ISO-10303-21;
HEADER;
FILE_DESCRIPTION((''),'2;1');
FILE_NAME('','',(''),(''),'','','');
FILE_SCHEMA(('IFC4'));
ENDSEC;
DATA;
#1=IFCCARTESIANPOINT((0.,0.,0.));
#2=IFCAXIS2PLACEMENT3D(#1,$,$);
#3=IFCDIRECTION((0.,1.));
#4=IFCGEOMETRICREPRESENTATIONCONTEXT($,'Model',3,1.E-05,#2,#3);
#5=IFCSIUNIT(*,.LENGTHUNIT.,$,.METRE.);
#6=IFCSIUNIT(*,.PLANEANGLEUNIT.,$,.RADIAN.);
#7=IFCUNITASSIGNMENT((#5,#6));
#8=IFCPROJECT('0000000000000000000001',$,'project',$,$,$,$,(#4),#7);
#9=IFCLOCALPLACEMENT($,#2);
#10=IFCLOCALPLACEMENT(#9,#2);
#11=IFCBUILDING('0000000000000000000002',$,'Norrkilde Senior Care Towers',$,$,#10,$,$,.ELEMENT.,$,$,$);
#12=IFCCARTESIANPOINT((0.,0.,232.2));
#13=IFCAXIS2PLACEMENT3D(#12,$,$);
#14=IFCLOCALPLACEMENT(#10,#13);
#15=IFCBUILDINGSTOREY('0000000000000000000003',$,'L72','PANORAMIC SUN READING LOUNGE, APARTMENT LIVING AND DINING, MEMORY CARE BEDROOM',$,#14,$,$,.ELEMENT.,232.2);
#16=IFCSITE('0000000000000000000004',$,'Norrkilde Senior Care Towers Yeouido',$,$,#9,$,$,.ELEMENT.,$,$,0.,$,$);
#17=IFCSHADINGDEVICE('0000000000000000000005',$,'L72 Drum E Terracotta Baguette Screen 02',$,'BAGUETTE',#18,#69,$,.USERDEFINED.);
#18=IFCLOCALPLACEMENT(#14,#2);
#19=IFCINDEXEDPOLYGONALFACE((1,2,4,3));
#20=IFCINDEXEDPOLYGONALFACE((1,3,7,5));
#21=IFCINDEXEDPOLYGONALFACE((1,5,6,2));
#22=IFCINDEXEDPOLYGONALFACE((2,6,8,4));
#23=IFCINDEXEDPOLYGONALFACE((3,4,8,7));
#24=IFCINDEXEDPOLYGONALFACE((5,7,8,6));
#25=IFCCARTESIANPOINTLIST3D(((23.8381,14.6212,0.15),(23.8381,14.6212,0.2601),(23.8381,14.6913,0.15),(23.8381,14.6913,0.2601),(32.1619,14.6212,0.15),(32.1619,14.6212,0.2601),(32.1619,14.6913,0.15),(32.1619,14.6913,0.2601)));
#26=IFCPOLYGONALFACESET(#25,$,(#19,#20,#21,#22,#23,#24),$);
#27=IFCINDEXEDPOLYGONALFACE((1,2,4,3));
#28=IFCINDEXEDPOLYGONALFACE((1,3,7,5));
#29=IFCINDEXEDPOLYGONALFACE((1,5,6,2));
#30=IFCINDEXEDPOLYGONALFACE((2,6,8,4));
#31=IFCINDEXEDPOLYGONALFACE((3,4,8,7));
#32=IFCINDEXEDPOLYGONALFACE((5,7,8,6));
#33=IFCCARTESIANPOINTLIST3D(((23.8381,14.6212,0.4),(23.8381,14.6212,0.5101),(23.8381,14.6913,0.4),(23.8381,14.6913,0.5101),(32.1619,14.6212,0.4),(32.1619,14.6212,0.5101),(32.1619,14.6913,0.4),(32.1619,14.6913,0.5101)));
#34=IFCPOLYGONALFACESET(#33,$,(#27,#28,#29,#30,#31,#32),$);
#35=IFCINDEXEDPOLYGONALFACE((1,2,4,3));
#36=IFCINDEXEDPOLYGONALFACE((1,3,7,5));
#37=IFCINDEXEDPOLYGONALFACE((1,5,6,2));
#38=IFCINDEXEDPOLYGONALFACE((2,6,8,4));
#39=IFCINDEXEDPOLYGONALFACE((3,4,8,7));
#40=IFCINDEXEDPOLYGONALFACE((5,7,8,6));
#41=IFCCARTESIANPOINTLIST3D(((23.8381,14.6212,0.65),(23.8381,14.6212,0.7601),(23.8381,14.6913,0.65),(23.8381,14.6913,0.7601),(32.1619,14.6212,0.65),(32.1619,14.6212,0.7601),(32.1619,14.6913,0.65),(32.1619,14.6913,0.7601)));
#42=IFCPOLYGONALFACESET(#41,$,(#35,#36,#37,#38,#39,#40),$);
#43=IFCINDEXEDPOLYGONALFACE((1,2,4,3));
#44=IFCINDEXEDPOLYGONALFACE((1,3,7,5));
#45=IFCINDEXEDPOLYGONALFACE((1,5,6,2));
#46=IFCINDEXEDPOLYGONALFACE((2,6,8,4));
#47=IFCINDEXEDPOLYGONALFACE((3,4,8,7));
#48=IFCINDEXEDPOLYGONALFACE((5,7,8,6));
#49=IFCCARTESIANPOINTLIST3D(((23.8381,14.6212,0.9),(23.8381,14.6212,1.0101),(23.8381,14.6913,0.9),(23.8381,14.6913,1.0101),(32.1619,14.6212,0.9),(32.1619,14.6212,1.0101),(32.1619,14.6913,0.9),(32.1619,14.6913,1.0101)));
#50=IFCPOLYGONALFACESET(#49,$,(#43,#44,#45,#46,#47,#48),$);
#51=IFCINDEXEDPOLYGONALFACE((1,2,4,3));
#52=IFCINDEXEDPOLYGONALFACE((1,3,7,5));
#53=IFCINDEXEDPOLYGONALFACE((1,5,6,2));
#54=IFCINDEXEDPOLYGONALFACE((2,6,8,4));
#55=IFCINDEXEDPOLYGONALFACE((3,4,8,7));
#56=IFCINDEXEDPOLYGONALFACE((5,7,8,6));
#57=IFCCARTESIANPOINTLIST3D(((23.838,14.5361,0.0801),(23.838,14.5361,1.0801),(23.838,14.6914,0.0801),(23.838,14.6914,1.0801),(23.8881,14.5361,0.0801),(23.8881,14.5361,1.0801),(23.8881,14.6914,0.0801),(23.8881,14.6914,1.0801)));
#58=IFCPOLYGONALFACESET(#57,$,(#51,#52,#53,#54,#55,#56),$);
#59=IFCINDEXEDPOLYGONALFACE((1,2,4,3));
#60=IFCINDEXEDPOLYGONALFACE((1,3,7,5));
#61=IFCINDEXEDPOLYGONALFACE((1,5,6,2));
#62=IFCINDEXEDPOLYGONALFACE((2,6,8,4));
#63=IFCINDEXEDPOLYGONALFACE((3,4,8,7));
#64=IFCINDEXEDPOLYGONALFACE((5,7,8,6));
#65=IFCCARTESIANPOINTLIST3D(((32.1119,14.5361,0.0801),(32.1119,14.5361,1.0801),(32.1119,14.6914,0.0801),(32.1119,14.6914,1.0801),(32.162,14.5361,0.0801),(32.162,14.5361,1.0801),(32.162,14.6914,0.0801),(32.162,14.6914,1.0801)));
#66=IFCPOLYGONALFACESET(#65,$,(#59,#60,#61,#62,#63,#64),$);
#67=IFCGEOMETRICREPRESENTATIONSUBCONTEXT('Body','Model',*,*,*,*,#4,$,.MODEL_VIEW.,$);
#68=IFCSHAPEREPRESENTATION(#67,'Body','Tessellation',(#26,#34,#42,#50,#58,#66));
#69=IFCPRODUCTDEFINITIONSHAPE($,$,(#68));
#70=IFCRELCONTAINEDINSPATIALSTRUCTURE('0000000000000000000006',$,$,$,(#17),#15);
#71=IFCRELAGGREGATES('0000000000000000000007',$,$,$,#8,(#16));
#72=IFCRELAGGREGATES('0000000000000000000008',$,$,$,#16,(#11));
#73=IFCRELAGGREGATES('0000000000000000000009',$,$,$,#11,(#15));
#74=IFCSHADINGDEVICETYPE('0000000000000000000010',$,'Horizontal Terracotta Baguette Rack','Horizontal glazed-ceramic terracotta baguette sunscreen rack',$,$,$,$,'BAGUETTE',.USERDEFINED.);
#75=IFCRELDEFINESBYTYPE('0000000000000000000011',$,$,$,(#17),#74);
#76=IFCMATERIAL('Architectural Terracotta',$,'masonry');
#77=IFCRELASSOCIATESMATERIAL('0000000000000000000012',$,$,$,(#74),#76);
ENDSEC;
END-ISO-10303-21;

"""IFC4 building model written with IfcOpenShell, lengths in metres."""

from ifc_helpers import new_model, si_unit, direction, frame, origin, origin_2d, place, context, subcontext, project, spatial, rectangle, extrude, source, transform, mapped, material, type_object, type_shapes, element, save


model = new_model("IFC4")

# Units and contexts
model_context = context("Model", 3, precision=1e-05, world=origin(), true_north=direction((0.0, 1.0)))
body_context = subcontext(model_context, "Body", "Model", "MODEL_VIEW")
ifc_project = project(units=[si_unit("LENGTHUNIT", "METRE"), si_unit("PLANEANGLEUNIT", "RADIAN")], contexts=[model_context])

# Site, building, storey
site_placement = place(None, origin())
site = spatial("IfcSite", under=ifc_project, at=site_placement, Name="Norrkilde Senior Care Towers Yeouido", CompositionType="ELEMENT", RefElevation=0.0)
building_placement = place(site_placement, origin())
building = spatial("IfcBuilding", under=site, at=building_placement, Name="Norrkilde Senior Care Towers", CompositionType="ELEMENT")
storey_placement = place(building_placement, frame((0.0, 0.0, 232.2)))
storey = spatial("IfcBuildingStorey", under=building, at=storey_placement, Name="L72", Description="PANORAMIC SUN READING LOUNGE, APARTMENT LIVING AND DINING, MEMORY CARE BEDROOM", CompositionType="ELEMENT", Elevation=232.2)

# Shading device
ifc_material_1 = material(Name="Architectural Terracotta", Category="masonry")
shading_device_type = type_object("IfcShadingDeviceType", Name="Horizontal Terracotta Baguette Rack", Description="Horizontal glazed-ceramic terracotta baguette sunscreen rack", ElementType="BAGUETTE", PredefinedType="USERDEFINED", material=ifc_material_1)
shared_shape_1 = source(origin(), body_context, "Body", "SweptSolid", [
    extrude(rectangle(XDim=0.0701, YDim=0.1101, at=origin_2d()), frame((0.0, 0.0901, 0.125), z_axis=(1.0, 0.0, 0.0), x_axis=(0.0, 1.0, 0.0)), (0.0, 0.0, 1.0), 8.3237),
    extrude(rectangle(XDim=0.0701, YDim=0.1101, at=origin_2d()), frame((0.0, 0.0901, 0.375), z_axis=(1.0, 0.0, 0.0), x_axis=(0.0, 1.0, 0.0)), (0.0, 0.0, 1.0), 8.3237),
    extrude(rectangle(XDim=0.0701, YDim=0.1101, at=origin_2d()), frame((0.0, 0.0901, 0.625), z_axis=(1.0, 0.0, 0.0), x_axis=(0.0, 1.0, 0.0)), (0.0, 0.0, 1.0), 8.3237),
    extrude(rectangle(XDim=0.0701, YDim=0.1101, at=origin_2d()), frame((0.0, 0.0901, 0.875), z_axis=(1.0, 0.0, 0.0), x_axis=(0.0, 1.0, 0.0)), (0.0, 0.0, 1.0), 8.3237),
    extrude(rectangle(XDim=0.05, YDim=0.1553, at=origin_2d()), frame((0.0249, 0.0476, 0.0)), (0.0, 0.0, 1.0), 1.0),
    extrude(rectangle(XDim=0.05, YDim=0.1553, at=origin_2d()), frame((8.2988, 0.0476, 0.0)), (0.0, 0.0, 1.0), 1.0),
])
type_shapes(shading_device_type, [shared_shape_1])
shading_device_placement = place(storey_placement, frame((23.8381, 14.5662, 0.0801), z_axis=(0.0, 0.0, 1.0), x_axis=(1.0, 0.0, 0.0)))
element("IfcShadingDevice", 1, at=shading_device_placement, inside=storey, type_object=shading_device_type, Name="L72 Drum E Terracotta Baguette Screen 02", ObjectType="BAGUETTE", PredefinedType="USERDEFINED", context=body_context, shape_type="MappedRepresentation", body=[
    mapped(shared_shape_1, transform((0.0, 0.0, 0.0), x_axis=(1.0, 0.0, 0.0), y_axis=(0.0, 1.0, 0.0), z_axis=(0.0, 0.0, 1.0), scale=1.0)),
])

save(model, "model.ifc")
